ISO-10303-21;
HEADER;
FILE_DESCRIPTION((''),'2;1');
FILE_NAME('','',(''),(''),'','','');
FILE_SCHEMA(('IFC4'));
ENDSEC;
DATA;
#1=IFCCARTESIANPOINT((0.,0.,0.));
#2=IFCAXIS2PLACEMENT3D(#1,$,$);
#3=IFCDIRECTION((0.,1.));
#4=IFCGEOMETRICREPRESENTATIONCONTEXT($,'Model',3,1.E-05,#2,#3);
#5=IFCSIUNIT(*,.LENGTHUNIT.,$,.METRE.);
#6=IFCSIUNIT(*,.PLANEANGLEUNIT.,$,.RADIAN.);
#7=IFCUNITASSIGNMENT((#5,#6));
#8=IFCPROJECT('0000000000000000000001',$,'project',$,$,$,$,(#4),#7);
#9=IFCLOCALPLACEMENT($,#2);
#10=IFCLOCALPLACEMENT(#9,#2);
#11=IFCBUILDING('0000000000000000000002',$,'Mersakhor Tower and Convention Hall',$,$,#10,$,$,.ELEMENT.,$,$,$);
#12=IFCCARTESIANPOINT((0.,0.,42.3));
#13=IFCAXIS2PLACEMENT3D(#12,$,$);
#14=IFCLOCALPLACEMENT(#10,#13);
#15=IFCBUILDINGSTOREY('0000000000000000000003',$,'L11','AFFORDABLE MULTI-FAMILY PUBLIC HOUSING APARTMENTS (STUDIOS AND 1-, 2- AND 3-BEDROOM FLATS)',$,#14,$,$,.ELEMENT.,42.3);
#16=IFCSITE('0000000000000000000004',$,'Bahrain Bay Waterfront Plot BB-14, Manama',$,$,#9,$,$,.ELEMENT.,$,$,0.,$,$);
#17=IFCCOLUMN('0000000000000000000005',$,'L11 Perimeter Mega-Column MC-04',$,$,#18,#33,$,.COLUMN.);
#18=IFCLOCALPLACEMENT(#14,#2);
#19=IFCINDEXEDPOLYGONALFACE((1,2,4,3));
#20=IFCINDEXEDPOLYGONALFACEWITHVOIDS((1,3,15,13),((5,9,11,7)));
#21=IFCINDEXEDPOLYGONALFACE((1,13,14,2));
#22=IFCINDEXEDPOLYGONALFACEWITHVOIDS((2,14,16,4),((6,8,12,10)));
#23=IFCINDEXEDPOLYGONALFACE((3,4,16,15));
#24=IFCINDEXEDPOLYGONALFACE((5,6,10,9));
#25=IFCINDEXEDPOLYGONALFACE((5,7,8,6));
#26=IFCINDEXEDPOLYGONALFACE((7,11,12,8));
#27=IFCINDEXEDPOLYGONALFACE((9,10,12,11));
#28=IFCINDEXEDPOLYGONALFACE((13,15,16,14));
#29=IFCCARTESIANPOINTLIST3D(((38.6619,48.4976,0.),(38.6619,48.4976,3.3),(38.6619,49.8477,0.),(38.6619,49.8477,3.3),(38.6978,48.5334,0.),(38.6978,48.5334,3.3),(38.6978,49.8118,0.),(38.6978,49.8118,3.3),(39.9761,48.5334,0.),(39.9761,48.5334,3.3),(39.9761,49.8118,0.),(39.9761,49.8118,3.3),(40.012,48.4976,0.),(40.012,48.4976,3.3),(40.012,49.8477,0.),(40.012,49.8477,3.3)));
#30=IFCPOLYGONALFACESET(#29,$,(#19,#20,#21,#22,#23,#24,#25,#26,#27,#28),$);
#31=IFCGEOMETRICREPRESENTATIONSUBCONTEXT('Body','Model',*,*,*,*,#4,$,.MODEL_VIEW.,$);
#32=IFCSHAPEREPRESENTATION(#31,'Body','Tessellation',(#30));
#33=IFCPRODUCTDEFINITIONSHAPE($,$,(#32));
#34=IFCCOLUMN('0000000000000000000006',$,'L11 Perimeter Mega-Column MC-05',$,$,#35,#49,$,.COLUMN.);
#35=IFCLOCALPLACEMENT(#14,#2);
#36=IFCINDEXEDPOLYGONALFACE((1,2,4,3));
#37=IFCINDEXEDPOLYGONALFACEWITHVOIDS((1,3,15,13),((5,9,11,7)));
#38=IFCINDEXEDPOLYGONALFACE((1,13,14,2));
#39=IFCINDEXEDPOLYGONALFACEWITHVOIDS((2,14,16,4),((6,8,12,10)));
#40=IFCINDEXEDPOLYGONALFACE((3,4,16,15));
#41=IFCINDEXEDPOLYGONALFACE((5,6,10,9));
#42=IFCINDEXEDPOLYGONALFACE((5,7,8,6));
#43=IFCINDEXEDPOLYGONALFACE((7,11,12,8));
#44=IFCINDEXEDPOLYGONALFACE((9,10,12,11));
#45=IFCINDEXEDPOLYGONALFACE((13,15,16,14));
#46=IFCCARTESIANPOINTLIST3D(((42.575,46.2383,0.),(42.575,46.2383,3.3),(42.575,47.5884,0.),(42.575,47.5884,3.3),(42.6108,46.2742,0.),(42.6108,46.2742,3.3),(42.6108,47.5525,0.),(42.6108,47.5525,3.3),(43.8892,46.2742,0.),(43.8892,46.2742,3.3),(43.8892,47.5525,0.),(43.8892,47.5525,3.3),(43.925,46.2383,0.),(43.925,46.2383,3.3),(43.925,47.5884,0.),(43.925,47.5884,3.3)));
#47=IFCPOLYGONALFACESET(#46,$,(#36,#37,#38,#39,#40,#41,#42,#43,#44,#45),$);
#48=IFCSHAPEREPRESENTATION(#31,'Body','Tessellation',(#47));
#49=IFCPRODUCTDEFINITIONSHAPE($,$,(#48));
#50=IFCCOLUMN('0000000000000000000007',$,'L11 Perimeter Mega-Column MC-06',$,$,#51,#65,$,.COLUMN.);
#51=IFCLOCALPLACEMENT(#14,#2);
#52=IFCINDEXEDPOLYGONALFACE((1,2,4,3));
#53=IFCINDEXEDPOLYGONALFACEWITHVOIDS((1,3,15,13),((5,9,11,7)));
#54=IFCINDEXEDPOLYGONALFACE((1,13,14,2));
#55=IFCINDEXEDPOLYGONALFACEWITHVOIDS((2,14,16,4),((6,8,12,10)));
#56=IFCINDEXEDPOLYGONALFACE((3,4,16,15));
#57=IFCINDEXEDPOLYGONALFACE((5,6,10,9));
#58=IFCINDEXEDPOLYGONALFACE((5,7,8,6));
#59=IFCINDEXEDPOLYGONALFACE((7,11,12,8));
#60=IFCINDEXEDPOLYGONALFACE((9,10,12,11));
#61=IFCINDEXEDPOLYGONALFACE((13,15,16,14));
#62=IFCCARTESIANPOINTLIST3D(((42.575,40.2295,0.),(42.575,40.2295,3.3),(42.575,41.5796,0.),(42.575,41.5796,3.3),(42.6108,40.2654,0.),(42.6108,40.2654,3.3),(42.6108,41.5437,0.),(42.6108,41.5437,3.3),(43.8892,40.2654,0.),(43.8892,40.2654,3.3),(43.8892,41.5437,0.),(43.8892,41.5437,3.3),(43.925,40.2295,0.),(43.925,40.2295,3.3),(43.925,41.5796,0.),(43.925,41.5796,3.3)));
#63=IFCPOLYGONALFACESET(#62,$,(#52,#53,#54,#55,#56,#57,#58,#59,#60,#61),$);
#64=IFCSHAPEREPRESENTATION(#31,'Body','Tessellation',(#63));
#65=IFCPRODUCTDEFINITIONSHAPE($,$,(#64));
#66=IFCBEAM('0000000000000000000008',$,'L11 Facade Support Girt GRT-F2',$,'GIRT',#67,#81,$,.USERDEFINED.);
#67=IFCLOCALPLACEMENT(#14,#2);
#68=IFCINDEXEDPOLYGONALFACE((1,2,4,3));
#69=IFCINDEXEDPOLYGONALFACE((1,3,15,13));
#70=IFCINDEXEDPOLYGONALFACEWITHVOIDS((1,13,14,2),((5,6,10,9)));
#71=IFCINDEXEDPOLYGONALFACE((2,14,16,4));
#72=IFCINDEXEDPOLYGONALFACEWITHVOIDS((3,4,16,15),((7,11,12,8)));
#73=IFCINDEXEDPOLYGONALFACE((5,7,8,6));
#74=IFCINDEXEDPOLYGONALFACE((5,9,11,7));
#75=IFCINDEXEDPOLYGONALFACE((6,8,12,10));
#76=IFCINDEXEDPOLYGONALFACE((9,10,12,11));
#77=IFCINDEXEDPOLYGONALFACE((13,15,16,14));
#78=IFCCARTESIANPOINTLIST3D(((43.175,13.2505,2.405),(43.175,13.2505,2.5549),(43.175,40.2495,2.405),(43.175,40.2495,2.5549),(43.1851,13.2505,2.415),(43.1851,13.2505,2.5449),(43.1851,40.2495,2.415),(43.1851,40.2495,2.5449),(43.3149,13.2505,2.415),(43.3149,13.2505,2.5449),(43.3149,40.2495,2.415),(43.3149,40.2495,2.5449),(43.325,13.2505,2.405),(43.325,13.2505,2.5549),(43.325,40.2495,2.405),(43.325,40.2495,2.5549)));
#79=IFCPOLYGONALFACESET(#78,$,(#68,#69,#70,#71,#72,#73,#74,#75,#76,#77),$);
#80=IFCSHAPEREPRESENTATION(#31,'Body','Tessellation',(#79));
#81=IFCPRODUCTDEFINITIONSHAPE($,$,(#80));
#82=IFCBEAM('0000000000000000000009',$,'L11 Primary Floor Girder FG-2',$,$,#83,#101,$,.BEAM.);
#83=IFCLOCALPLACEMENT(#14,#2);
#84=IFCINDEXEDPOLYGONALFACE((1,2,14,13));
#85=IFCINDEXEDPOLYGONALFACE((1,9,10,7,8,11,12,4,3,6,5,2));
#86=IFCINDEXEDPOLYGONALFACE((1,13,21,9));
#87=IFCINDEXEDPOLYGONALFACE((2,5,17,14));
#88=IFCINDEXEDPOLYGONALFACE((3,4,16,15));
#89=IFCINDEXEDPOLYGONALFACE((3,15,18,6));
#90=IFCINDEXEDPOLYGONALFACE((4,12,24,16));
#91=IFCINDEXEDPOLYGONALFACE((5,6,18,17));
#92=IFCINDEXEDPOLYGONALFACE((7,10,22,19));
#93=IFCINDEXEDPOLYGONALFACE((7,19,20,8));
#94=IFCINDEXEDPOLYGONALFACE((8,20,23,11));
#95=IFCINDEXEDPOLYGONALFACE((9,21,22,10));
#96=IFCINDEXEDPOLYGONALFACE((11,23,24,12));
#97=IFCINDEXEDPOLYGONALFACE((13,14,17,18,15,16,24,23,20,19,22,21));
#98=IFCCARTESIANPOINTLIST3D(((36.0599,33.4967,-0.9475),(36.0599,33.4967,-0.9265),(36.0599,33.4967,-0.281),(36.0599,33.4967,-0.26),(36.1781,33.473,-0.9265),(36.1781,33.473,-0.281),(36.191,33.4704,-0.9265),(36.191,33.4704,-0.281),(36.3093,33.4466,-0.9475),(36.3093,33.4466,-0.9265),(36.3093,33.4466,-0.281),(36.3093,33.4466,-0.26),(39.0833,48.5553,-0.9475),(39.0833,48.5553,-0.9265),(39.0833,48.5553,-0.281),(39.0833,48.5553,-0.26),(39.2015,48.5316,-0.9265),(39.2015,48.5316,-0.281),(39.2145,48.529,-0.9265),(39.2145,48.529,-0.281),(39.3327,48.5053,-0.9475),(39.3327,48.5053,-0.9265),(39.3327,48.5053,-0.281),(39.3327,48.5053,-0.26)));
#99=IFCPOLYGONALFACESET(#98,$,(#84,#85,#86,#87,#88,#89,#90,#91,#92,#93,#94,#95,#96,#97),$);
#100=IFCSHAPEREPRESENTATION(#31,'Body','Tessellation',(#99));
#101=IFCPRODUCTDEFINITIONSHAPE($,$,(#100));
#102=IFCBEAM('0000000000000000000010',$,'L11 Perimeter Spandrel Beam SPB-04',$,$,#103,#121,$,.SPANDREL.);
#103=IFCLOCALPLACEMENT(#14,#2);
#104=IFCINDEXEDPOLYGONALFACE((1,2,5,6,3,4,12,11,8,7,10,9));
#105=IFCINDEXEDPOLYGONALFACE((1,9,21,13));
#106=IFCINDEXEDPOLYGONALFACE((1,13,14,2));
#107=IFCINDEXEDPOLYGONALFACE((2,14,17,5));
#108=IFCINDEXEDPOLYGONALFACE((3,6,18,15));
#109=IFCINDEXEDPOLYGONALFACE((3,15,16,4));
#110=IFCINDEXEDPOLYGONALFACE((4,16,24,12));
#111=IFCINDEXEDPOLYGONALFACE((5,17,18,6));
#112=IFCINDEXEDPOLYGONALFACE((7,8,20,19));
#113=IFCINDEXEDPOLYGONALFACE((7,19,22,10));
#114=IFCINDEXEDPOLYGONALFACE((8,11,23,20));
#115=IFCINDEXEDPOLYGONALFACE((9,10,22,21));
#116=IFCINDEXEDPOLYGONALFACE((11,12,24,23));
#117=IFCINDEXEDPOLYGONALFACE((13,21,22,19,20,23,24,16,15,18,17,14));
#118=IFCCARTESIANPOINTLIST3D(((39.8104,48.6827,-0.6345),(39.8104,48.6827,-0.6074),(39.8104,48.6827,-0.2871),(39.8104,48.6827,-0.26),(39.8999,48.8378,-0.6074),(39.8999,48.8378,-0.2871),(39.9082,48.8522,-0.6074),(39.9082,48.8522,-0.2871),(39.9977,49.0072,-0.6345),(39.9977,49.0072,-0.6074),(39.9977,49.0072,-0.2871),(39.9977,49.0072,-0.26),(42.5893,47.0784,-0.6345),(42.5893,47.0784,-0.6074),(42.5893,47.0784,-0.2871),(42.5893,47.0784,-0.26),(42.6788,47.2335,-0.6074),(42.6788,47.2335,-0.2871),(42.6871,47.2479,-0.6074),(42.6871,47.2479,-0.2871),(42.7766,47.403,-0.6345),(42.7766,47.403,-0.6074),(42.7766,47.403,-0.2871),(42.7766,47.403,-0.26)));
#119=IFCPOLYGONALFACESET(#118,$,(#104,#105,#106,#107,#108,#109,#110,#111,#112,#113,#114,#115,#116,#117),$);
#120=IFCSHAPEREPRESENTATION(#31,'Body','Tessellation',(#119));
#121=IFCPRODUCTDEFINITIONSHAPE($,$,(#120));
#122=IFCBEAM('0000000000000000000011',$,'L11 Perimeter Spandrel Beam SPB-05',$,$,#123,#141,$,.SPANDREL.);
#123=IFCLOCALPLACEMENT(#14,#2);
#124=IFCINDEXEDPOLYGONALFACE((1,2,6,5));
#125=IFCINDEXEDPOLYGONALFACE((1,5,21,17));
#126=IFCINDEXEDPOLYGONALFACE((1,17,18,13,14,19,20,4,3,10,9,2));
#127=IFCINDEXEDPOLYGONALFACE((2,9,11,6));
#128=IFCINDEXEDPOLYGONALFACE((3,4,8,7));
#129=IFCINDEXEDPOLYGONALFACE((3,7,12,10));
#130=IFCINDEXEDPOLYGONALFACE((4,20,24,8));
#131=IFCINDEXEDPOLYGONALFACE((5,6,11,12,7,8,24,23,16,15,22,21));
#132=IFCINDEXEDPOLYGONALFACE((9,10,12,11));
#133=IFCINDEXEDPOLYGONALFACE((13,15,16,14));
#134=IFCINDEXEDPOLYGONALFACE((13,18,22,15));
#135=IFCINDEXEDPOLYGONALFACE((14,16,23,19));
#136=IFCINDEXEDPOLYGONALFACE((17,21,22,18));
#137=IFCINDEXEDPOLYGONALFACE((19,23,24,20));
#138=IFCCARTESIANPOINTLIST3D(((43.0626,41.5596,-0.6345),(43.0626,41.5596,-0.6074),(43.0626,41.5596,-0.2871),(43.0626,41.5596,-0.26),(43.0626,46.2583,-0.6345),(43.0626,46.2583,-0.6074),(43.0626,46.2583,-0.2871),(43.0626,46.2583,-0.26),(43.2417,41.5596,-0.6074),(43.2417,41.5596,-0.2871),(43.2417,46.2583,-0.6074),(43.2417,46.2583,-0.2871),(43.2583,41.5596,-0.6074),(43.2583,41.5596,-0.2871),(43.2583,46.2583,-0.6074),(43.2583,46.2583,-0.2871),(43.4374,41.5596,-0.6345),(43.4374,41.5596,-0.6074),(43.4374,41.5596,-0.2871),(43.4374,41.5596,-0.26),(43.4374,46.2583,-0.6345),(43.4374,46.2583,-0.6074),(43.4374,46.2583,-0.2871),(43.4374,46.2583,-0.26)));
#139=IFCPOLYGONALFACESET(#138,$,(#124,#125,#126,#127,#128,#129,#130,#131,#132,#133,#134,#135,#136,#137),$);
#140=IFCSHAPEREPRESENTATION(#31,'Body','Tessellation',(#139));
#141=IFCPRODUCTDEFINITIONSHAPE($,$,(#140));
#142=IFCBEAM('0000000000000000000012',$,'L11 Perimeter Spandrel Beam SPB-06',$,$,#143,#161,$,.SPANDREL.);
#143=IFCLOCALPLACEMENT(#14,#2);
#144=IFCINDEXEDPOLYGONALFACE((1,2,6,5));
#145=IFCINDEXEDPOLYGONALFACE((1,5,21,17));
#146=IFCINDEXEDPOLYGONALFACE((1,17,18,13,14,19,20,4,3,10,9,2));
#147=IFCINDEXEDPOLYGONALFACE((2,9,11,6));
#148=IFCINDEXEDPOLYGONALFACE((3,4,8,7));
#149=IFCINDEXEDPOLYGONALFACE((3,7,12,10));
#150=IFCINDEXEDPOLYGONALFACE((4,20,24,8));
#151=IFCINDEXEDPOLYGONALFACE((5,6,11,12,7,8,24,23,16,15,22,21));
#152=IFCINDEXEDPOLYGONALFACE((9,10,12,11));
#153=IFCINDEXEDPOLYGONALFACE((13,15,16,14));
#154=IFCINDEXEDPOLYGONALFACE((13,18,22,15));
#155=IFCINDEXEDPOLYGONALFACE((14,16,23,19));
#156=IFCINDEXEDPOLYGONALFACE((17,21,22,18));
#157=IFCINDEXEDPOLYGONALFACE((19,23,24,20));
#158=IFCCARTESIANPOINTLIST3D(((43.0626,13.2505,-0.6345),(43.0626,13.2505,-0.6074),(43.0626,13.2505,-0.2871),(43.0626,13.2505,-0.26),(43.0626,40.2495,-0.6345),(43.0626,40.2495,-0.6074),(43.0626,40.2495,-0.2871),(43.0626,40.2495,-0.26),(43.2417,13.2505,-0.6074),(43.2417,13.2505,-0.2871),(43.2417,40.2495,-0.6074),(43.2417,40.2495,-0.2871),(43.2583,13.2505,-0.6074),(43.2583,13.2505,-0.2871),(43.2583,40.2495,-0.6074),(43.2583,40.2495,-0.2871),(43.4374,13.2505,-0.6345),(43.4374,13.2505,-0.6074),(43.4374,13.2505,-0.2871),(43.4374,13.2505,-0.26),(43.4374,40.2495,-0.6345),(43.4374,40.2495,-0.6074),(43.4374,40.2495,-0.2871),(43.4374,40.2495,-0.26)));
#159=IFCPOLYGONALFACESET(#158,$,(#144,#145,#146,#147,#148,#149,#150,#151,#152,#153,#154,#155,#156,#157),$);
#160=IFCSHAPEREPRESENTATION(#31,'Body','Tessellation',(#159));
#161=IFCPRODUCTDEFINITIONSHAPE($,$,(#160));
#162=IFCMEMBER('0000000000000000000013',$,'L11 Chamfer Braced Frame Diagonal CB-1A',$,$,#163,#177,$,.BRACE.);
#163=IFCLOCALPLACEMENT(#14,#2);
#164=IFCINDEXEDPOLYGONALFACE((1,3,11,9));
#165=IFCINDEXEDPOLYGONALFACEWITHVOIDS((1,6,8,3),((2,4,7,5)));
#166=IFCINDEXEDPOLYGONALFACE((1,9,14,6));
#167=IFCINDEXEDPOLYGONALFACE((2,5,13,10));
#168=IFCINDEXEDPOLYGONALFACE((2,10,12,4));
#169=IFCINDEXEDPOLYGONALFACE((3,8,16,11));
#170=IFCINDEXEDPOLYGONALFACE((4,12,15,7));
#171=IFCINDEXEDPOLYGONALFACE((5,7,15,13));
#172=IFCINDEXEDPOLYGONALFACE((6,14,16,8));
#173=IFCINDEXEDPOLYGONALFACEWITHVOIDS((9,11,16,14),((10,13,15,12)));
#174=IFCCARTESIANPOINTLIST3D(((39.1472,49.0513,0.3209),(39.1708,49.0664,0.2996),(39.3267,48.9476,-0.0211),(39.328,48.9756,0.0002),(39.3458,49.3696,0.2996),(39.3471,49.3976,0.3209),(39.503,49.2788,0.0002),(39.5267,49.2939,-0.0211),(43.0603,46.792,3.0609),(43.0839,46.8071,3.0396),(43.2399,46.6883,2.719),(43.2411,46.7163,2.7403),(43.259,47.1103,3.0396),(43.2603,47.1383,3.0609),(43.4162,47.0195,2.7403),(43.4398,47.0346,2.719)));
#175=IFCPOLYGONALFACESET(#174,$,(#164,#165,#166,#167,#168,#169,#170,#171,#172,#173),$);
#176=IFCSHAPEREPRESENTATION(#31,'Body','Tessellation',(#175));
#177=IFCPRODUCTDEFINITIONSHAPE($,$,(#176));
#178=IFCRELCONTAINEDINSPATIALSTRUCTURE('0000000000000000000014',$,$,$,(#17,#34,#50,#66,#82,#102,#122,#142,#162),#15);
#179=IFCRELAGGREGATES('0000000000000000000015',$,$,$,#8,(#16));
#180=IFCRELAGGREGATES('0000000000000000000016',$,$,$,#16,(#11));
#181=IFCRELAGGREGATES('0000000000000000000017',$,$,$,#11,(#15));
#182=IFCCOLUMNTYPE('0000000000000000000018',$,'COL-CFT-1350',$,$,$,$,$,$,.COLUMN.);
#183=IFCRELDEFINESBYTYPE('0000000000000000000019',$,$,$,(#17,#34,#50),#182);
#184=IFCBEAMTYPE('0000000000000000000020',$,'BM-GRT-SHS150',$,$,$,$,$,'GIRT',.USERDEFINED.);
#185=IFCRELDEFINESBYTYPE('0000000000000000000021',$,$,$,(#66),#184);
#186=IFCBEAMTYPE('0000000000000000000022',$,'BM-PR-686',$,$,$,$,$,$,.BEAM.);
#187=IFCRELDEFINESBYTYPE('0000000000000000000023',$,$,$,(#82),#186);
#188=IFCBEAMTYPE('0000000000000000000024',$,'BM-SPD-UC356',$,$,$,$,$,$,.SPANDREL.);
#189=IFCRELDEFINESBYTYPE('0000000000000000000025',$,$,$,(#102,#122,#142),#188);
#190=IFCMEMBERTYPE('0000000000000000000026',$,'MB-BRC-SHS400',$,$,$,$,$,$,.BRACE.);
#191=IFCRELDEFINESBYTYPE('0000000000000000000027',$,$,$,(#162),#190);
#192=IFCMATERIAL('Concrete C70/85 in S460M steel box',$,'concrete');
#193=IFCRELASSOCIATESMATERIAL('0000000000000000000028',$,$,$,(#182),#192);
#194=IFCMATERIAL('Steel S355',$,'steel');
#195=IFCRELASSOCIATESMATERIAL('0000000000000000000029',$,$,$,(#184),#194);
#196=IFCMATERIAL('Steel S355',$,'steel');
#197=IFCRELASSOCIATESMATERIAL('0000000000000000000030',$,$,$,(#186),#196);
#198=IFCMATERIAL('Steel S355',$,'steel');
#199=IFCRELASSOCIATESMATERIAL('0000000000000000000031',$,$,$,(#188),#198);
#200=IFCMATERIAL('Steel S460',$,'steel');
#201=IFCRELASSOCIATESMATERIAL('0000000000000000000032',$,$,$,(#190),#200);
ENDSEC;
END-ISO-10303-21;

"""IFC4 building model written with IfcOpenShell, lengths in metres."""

from ifc_helpers import new_model, si_unit, direction, frame, origin, origin_2d, place, context, subcontext, project, spatial, hollow_rectangle, i_section, extrude, material, material_profile, profile_set, type_object, element, save


model = new_model("IFC4")

# Units and contexts
model_context = context("Model", 3, precision=1e-05, world=origin(), true_north=direction((0.0, 1.0)))
body_context = subcontext(model_context, "Body", "Model", "MODEL_VIEW")
ifc_project = project(units=[si_unit("LENGTHUNIT", "METRE"), si_unit("PLANEANGLEUNIT", "RADIAN")], contexts=[model_context])

# Site, building, storey
site_placement = place(None, origin())
site = spatial("IfcSite", under=ifc_project, at=site_placement, Name="Bahrain Bay Waterfront Plot BB-14, Manama", CompositionType="ELEMENT", RefElevation=0.0)
building_placement = place(site_placement, origin())
building = spatial("IfcBuilding", under=site, at=building_placement, Name="Mersakhor Tower and Convention Hall", CompositionType="ELEMENT")
storey_placement = place(building_placement, frame((0.0, 0.0, 42.3)))
storey = spatial("IfcBuildingStorey", under=building, at=storey_placement, Name="L11", Description="AFFORDABLE MULTI-FAMILY PUBLIC HOUSING APARTMENTS (STUDIOS AND 1-, 2- AND 3-BEDROOM FLATS)", CompositionType="ELEMENT", Elevation=42.3)

# Columns
ifc_material_1 = material(Name="Concrete C70/85 in S460M steel box", Category="concrete")
ifc_material_profile_1 = material_profile(ifc_material_1, hollow_rectangle(XDim=1.3501, YDim=1.3501, WallThickness=0.0359, at=origin_2d()), Name="SHS 1350x1350x36")
ifc_profile_set_1 = profile_set([ifc_material_profile_1], Name="Concrete C70/85 in S460M steel box")
column_type = type_object("IfcColumnType", Name="COL-CFT-1350", PredefinedType="COLUMN", material=ifc_profile_set_1)
for number, where, z_axis, x_axis, name in (
    (1, (39.3369, 49.1726, 0.0), (0.0, 0.0, 1.0), (1.0, 0.0, 0.0), "L11 Perimeter Mega-Column MC-04"),
    (2, (43.25, 46.9133, 0.0), (0.0, 0.0, 1.0), (1.0, 0.0, 0.0), "L11 Perimeter Mega-Column MC-05"),
    (3, (43.25, 40.9045, 0.0), (0.0, 0.0, 1.0), (1.0, 0.0, 0.0), "L11 Perimeter Mega-Column MC-06"),
):
    element("IfcColumn", number, at=place(storey_placement, frame(where, z_axis=z_axis, x_axis=x_axis)), inside=storey, type_object=column_type, Name=name, PredefinedType="COLUMN", context=body_context, shape_type="SweptSolid", body=[
        extrude(hollow_rectangle(XDim=1.3501, YDim=1.3501, WallThickness=0.0359, at=origin_2d()), origin(), (0.0, 0.0, 1.0), 3.3),
    ])

# Beams
ifc_material_2 = material(Name="Steel S355", Category="steel")
ifc_material_profile_2 = material_profile(ifc_material_2, hollow_rectangle(XDim=0.1499, YDim=0.1499, WallThickness=0.01, at=origin_2d()), Name="SHS 150x150x10")
ifc_profile_set_2 = profile_set([ifc_material_profile_2], Name="Steel S355")
beam_type_1 = type_object("IfcBeamType", Name="BM-GRT-SHS150", ElementType="GIRT", PredefinedType="USERDEFINED", material=ifc_profile_set_2)
beam_1_placement = place(storey_placement, frame((43.25, 40.2495, 2.48), z_axis=(0.0, -1.0, 0.0), x_axis=(1.0, 0.0, 0.0)))
element("IfcBeam", 4, at=beam_1_placement, inside=storey, type_object=beam_type_1, Name="L11 Facade Support Girt GRT-F2", ObjectType="GIRT", PredefinedType="USERDEFINED", context=body_context, shape_type="SweptSolid", body=[
    extrude(hollow_rectangle(XDim=0.1499, YDim=0.1499, WallThickness=0.01, at=origin_2d()), origin(), (0.0, 0.0, 1.0), 26.999),
])
ifc_material_3 = material(Name="Steel S355", Category="steel")
ifc_material_profile_3 = material_profile(ifc_material_3, i_section(OverallWidth=0.2544, OverallDepth=0.6875, WebThickness=0.0132, FlangeThickness=0.021, at=origin_2d()), Name="UB 686x254x152")
ifc_profile_set_3 = profile_set([ifc_material_profile_3], Name="Steel S355")
beam_type_2 = type_object("IfcBeamType", Name="BM-PR-686", PredefinedType="BEAM", material=ifc_profile_set_3)
beam_2_placement = place(storey_placement, frame((36.1846, 33.4717, -0.6038), z_axis=(0.19685, 0.980434, 0.0), x_axis=(-0.980434, 0.19685, 0.0)))
element("IfcBeam", 5, at=beam_2_placement, inside=storey, type_object=beam_type_2, Name="L11 Primary Floor Girder FG-2", PredefinedType="BEAM", context=body_context, shape_type="SweptSolid", body=[
    extrude(i_section(OverallWidth=0.2544, OverallDepth=0.6875, WebThickness=0.0132, FlangeThickness=0.021, at=origin_2d()), origin(), (0.0, 0.0, 1.0), 15.3591),
])
ifc_material_4 = material(Name="Steel S355", Category="steel")
ifc_material_profile_4 = material_profile(ifc_material_4, i_section(OverallWidth=0.3748, OverallDepth=0.3745, WebThickness=0.0166, FlangeThickness=0.0271, at=origin_2d()), Name="UC 356x368x202")
ifc_profile_set_4 = profile_set([ifc_material_profile_4], Name="Steel S355")
beam_type_3 = type_object("IfcBeamType", Name="BM-SPD-UC356", PredefinedType="SPANDREL", material=ifc_profile_set_4)
beam_3_placement = place(storey_placement, frame((39.9041, 48.845, -0.4473), z_axis=(0.866039, -0.499977, 0.0), x_axis=(0.499977, 0.866039, 0.0)))
element("IfcBeam", 6, at=beam_3_placement, inside=storey, type_object=beam_type_3, Name="L11 Perimeter Spandrel Beam SPB-04", PredefinedType="SPANDREL", context=body_context, shape_type="SweptSolid", body=[
    extrude(i_section(OverallWidth=0.3748, OverallDepth=0.3745, WebThickness=0.0166, FlangeThickness=0.0271, at=origin_2d()), origin(), (0.0, 0.0, 1.0), 3.2087),
])
beam_4_placement = place(storey_placement, frame((43.25, 46.2583, -0.4473), z_axis=(0.0, -1.0, 0.0), x_axis=(1.0, 0.0, 0.0)))
element("IfcBeam", 7, at=beam_4_placement, inside=storey, type_object=beam_type_3, Name="L11 Perimeter Spandrel Beam SPB-05", PredefinedType="SPANDREL", context=body_context, shape_type="SweptSolid", body=[
    extrude(i_section(OverallWidth=0.3748, OverallDepth=0.3745, WebThickness=0.0166, FlangeThickness=0.0271, at=origin_2d()), origin(), (0.0, 0.0, 1.0), 4.6987),
])
beam_5_placement = place(storey_placement, frame((43.25, 40.2495, -0.4473), z_axis=(0.0, -1.0, 0.0), x_axis=(1.0, 0.0, 0.0)))
element("IfcBeam", 8, at=beam_5_placement, inside=storey, type_object=beam_type_3, Name="L11 Perimeter Spandrel Beam SPB-06", PredefinedType="SPANDREL", context=body_context, shape_type="SweptSolid", body=[
    extrude(i_section(OverallWidth=0.3748, OverallDepth=0.3745, WebThickness=0.0166, FlangeThickness=0.0271, at=origin_2d()), origin(), (0.0, 0.0, 1.0), 26.999),
])

# Member
ifc_material_5 = material(Name="Steel S460", Category="steel")
ifc_material_profile_5 = material_profile(ifc_material_5, hollow_rectangle(XDim=0.3999, YDim=0.3999, WallThickness=0.0249, at=origin_2d()), Name="SHS 400x400x25")
ifc_profile_set_5 = profile_set([ifc_material_profile_5], Name="Steel S460")
member_type = type_object("IfcMemberType", Name="MB-BRC-SHS400", PredefinedType="BRACE", material=ifc_profile_set_5)
member_placement = place(storey_placement, frame((39.3369, 49.1726, 0.1499), z_axis=(0.740508, -0.427543, 0.518513), x_axis=(0.500009, 0.86602, 0.0)))
element("IfcMember", 9, at=member_placement, inside=storey, type_object=member_type, Name="L11 Chamfer Braced Frame Diagonal CB-1A", PredefinedType="BRACE", context=body_context, shape_type="SweptSolid", body=[
    extrude(hollow_rectangle(XDim=0.3999, YDim=0.3999, WallThickness=0.0249, at=origin_2d()), origin(), (0.0, 0.0, 1.0), 5.2844),
])

save(model, "model.ifc")
